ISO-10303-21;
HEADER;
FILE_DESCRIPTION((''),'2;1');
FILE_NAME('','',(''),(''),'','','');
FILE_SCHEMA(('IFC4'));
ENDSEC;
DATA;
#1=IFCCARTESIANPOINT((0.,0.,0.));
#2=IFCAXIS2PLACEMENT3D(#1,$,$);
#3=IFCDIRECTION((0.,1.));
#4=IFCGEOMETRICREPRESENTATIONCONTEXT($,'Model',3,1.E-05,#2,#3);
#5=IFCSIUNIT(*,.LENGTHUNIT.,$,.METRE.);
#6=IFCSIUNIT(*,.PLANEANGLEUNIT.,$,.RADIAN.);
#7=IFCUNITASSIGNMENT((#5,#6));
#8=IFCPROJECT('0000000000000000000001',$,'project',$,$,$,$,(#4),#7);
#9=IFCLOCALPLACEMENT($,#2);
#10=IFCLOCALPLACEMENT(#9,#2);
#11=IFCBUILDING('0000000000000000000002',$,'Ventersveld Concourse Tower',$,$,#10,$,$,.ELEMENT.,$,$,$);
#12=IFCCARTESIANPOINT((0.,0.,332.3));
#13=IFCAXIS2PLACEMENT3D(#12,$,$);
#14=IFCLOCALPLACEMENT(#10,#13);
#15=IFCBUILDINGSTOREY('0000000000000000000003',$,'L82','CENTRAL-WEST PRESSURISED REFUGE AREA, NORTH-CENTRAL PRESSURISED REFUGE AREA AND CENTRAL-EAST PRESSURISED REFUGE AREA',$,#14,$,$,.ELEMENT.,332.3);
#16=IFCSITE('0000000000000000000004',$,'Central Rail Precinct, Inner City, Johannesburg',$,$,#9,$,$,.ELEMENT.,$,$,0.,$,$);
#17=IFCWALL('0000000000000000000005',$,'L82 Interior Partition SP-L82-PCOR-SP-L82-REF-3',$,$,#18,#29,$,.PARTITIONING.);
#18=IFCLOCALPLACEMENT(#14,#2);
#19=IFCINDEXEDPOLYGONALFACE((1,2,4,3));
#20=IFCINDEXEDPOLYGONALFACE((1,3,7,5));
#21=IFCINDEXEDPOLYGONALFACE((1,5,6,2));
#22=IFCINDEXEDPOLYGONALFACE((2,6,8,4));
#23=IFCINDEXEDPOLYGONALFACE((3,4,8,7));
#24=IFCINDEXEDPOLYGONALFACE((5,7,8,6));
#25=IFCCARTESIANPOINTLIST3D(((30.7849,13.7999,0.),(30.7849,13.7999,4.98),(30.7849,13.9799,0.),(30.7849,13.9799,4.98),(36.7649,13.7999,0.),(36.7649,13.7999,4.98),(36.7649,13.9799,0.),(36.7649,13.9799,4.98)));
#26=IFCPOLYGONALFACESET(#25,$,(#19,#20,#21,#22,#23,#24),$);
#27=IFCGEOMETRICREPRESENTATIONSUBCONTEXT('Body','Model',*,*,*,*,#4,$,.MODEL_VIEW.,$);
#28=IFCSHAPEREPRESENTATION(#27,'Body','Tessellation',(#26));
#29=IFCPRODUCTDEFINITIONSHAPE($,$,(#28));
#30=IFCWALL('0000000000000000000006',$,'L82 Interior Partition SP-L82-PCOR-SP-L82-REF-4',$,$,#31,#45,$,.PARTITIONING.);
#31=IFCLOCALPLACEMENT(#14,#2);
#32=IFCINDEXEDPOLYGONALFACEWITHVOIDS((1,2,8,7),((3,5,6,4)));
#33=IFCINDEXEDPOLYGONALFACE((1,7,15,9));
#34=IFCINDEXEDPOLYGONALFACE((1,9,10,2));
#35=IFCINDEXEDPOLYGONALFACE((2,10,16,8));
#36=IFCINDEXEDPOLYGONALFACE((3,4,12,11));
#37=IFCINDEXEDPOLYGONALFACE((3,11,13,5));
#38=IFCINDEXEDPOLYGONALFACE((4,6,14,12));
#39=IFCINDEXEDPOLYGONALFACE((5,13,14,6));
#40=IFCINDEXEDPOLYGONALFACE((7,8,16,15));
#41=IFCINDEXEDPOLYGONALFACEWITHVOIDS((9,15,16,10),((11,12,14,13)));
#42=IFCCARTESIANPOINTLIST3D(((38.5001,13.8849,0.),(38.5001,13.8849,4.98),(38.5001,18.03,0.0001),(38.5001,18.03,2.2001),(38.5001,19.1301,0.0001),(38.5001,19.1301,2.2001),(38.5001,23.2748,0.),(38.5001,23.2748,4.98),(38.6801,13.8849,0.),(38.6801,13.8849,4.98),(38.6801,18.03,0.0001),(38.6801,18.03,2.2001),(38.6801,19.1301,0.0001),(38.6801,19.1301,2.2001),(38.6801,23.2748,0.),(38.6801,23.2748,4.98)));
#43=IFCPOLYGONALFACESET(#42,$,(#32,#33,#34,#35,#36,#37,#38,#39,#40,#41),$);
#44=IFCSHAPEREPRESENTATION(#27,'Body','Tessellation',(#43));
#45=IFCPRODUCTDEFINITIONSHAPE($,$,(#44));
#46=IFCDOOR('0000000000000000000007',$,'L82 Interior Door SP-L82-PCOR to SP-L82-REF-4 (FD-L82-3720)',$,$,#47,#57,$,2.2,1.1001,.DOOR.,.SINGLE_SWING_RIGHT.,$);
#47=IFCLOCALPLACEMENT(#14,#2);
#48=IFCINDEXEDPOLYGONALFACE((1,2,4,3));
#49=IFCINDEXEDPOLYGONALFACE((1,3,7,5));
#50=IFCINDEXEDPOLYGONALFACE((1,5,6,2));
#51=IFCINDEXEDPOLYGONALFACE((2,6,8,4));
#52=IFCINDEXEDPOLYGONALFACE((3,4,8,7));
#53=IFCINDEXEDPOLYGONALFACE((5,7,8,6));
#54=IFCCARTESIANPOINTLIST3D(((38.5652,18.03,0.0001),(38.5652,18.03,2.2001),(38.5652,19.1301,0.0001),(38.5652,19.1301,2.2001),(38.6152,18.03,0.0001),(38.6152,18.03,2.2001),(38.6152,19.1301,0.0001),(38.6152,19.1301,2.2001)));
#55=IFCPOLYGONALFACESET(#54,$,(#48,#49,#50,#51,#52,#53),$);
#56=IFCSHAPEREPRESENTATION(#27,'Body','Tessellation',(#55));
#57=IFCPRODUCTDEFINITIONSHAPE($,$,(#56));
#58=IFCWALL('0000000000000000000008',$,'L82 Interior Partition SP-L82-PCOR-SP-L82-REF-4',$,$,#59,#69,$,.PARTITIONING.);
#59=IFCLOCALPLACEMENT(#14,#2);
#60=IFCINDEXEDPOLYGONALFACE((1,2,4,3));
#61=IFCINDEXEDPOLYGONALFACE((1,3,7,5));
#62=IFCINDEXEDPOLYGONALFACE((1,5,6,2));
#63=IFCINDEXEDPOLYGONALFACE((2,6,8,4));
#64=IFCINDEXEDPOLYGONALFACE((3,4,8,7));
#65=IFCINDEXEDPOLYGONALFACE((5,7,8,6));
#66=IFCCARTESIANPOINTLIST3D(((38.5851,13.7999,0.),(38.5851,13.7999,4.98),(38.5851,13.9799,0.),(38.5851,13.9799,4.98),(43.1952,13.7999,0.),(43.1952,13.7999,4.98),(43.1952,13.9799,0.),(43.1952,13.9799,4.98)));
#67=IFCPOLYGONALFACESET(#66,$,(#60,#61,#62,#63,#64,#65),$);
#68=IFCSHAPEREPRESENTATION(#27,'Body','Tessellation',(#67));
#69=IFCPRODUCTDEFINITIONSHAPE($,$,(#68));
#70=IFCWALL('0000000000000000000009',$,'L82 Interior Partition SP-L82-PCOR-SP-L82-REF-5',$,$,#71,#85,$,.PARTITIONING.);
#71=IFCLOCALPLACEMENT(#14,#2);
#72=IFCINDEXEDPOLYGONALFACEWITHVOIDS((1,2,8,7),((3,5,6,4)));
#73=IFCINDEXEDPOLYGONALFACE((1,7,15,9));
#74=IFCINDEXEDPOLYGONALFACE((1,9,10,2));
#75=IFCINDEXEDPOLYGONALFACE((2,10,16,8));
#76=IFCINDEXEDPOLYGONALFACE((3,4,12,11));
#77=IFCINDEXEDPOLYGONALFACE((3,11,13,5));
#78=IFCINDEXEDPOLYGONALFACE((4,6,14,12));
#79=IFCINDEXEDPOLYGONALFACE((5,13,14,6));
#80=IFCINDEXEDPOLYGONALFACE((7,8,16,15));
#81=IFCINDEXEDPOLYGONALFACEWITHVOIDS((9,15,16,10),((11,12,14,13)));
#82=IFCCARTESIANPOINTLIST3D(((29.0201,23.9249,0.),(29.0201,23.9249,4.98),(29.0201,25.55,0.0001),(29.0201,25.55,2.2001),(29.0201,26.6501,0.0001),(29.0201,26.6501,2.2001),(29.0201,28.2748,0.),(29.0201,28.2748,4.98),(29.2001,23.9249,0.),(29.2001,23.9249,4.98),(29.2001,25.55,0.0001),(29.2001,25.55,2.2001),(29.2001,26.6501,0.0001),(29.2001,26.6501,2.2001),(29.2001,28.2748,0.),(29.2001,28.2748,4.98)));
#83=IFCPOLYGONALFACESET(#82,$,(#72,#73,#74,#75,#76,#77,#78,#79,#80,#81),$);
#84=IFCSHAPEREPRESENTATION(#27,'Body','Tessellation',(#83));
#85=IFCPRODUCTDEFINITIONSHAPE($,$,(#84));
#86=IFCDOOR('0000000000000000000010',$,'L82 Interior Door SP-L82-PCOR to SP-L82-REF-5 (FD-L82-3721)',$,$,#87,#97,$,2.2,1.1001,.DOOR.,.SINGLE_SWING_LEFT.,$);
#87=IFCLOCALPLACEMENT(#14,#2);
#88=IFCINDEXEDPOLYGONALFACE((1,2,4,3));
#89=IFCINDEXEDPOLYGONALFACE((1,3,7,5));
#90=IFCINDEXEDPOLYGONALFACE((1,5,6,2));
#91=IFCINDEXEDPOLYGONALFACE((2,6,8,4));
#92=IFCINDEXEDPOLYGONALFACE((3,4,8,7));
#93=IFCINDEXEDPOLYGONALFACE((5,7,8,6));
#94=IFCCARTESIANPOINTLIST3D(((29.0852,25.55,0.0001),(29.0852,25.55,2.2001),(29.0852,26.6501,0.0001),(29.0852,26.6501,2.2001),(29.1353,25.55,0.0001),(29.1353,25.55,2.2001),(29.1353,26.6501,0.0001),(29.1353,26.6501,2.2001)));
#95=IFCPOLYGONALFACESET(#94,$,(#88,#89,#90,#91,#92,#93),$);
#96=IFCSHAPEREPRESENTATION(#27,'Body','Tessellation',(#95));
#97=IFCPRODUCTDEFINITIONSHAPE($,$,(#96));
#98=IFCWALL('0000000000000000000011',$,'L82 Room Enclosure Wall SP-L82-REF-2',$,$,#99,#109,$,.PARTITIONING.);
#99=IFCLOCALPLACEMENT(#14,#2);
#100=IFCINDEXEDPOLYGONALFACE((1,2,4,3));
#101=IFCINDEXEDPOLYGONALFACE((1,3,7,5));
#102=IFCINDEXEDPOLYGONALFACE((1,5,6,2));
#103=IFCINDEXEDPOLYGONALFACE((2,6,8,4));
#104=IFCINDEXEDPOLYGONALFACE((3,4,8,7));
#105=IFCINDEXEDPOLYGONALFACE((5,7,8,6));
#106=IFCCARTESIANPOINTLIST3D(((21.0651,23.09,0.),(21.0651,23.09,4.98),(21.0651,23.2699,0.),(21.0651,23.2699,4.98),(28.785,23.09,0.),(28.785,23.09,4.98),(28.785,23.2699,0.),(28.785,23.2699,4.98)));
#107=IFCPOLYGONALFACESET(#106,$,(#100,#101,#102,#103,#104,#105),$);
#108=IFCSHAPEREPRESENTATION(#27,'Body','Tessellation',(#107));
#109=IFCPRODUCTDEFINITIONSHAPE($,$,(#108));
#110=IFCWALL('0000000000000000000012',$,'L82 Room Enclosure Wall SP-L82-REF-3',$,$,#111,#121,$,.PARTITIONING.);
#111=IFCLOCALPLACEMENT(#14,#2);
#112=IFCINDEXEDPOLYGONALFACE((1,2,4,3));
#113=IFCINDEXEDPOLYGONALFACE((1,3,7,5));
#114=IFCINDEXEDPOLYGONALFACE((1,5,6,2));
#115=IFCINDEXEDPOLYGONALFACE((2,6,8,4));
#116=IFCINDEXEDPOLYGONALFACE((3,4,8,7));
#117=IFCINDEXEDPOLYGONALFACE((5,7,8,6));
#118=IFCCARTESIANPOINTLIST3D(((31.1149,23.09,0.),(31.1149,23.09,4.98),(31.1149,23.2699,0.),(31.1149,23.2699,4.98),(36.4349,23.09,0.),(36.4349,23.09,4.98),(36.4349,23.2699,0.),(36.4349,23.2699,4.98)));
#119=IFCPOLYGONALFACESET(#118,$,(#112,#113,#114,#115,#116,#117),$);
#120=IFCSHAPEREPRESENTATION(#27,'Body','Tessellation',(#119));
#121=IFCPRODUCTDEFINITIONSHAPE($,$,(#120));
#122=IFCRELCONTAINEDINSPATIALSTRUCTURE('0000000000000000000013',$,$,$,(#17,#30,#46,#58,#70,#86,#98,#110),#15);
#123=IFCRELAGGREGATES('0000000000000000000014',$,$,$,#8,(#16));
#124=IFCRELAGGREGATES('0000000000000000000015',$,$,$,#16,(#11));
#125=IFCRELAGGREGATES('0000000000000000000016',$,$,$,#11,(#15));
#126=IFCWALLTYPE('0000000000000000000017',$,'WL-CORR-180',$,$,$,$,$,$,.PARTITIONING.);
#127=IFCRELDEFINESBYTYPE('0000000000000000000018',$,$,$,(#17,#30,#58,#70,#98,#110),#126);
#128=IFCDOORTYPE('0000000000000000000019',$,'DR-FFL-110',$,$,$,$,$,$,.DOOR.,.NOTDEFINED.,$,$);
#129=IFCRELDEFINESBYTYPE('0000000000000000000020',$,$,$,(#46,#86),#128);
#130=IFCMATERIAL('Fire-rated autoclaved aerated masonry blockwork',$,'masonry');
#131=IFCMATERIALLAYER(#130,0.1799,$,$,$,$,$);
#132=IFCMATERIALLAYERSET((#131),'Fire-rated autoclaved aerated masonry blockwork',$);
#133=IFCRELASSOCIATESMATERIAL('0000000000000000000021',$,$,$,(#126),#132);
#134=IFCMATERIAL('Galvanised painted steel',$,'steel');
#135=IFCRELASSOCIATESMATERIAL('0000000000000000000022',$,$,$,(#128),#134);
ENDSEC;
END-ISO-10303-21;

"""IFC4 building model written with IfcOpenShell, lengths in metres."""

from ifc_helpers import new_model, si_unit, direction, frame, frame_2d, origin, place, context, subcontext, project, spatial, rectangle, extrude, material, layer, layer_set, type_object, element, fill, save


model = new_model("IFC4")

# Units and contexts
model_context = context("Model", 3, precision=1e-05, world=origin(), true_north=direction((0.0, 1.0)))
body_context = subcontext(model_context, "Body", "Model", "MODEL_VIEW")
ifc_project = project(units=[si_unit("LENGTHUNIT", "METRE"), si_unit("PLANEANGLEUNIT", "RADIAN")], contexts=[model_context])

# Site, building, storey
site_placement = place(None, origin())
site = spatial("IfcSite", under=ifc_project, at=site_placement, Name="Central Rail Precinct, Inner City, Johannesburg", CompositionType="ELEMENT", RefElevation=0.0)
building_placement = place(site_placement, origin())
building = spatial("IfcBuilding", under=site, at=building_placement, Name="Ventersveld Concourse Tower", CompositionType="ELEMENT")
storey_placement = place(building_placement, frame((0.0, 0.0, 332.3)))
storey = spatial("IfcBuildingStorey", under=building, at=storey_placement, Name="L82", Description="CENTRAL-WEST PRESSURISED REFUGE AREA, NORTH-CENTRAL PRESSURISED REFUGE AREA AND CENTRAL-EAST PRESSURISED REFUGE AREA", CompositionType="ELEMENT", Elevation=332.3)

# Shared definitions
ifc_material_1 = material(Name="Fire-rated autoclaved aerated masonry blockwork", Category="masonry")
ifc_layer_1 = layer(ifc_material_1, 0.1799)
ifc_layer_set_1 = layer_set([ifc_layer_1], Name="Fire-rated autoclaved aerated masonry blockwork")
wall_type = type_object("IfcWallType", Name="WL-CORR-180", PredefinedType="PARTITIONING", material=ifc_layer_set_1)
ifc_material_2 = material(Name="Galvanised painted steel", Category="steel")
door_type = type_object("IfcDoorType", Name="DR-FFL-110", OperationType="NOTDEFINED", PredefinedType="DOOR", material=ifc_material_2)

# Wall
wall_1_placement = place(storey_placement, frame((30.7849, 13.8899, 0.0), z_axis=(0.0, 0.0, 1.0), x_axis=(1.0, 0.0, 0.0)))
element("IfcWall", 1, at=wall_1_placement, inside=storey, type_object=wall_type, Name="L82 Interior Partition SP-L82-PCOR-SP-L82-REF-3", PredefinedType="PARTITIONING", context=body_context, shape_type="SweptSolid", body=[
    extrude(rectangle(XDim=5.98, YDim=0.1799, at=frame_2d((2.99, 0.0))), origin(), (0.0, 0.0, 1.0), 4.98),
])

# Wall, opening, door
wall_2_placement = place(storey_placement, frame((38.5901, 13.885, 0.0), z_axis=(0.0, 0.0, 1.0), x_axis=(0.0, 1.0, 0.0)))
wall_2 = element("IfcWall", 2, at=wall_2_placement, inside=storey, type_object=wall_type, Name="L82 Interior Partition SP-L82-PCOR-SP-L82-REF-4", PredefinedType="PARTITIONING", context=body_context, shape_type="SweptSolid", body=[
    extrude(rectangle(XDim=9.3899, YDim=0.1799, at=frame_2d((4.6948, 0.0))), origin(), (0.0, 0.0, 1.0), 4.98),
])
opening_1_placement = place(wall_2_placement, frame((4.145, 0.0, 0.0)))
opening_1 = element("IfcOpeningElement", 3, at=opening_1_placement, cuts=wall_2, PredefinedType="OPENING", context=body_context, shape_type="SweptSolid", body=[
    extrude(rectangle(XDim=1.1001, YDim=2.2, at=frame_2d((0.55, 1.1001))), frame((0.0, 0.1001, 0.0), z_axis=(0.0, -1.0, 0.0), x_axis=(1.0, 0.0, 0.0)), (0.0, 0.0, 1.0), 0.2),
])
door_1_placement = place(opening_1_placement, origin())
door_1 = element("IfcDoor", 4, at=door_1_placement, inside=storey, type_object=door_type, Name="L82 Interior Door SP-L82-PCOR to SP-L82-REF-4 (FD-L82-3720)", OperationType="SINGLE_SWING_RIGHT", OverallHeight=2.2, OverallWidth=1.1001, PredefinedType="DOOR", context=body_context, shape_type="SweptSolid", body=[
    extrude(rectangle(XDim=1.1001, YDim=2.2, at=frame_2d((0.55, 1.1001))), frame((0.0, 0.0249, 0.0), z_axis=(0.0, -1.0, 0.0), x_axis=(1.0, 0.0, 0.0)), (0.0, 0.0, 1.0), 0.05),
])
fill(opening_1, door_1)

# Wall
wall_3_placement = place(storey_placement, frame((38.585, 13.8899, 0.0), z_axis=(0.0, 0.0, 1.0), x_axis=(1.0, 0.0, 0.0)))
element("IfcWall", 5, at=wall_3_placement, inside=storey, type_object=wall_type, Name="L82 Interior Partition SP-L82-PCOR-SP-L82-REF-4", PredefinedType="PARTITIONING", context=body_context, shape_type="SweptSolid", body=[
    extrude(rectangle(XDim=4.6101, YDim=0.1799, at=frame_2d((2.3052, 0.0))), origin(), (0.0, 0.0, 1.0), 4.98),
])

# Wall, opening, door
wall_4_placement = place(storey_placement, frame((29.1101, 23.925, 0.0), z_axis=(0.0, 0.0, 1.0), x_axis=(0.0, 1.0, 0.0)))
wall_4 = element("IfcWall", 6, at=wall_4_placement, inside=storey, type_object=wall_type, Name="L82 Interior Partition SP-L82-PCOR-SP-L82-REF-5", PredefinedType="PARTITIONING", context=body_context, shape_type="SweptSolid", body=[
    extrude(rectangle(XDim=4.3499, YDim=0.1799, at=frame_2d((2.1748, 0.0))), origin(), (0.0, 0.0, 1.0), 4.98),
])
opening_2_placement = place(wall_4_placement, frame((1.625, 0.0, 0.0)))
opening_2 = element("IfcOpeningElement", 7, at=opening_2_placement, cuts=wall_4, PredefinedType="OPENING", context=body_context, shape_type="SweptSolid", body=[
    extrude(rectangle(XDim=1.1001, YDim=2.2, at=frame_2d((0.55, 1.1001))), frame((0.0, 0.1001, 0.0), z_axis=(0.0, -1.0, 0.0), x_axis=(1.0, 0.0, 0.0)), (0.0, 0.0, 1.0), 0.2),
])
door_2_placement = place(opening_2_placement, origin())
door_2 = element("IfcDoor", 8, at=door_2_placement, inside=storey, type_object=door_type, Name="L82 Interior Door SP-L82-PCOR to SP-L82-REF-5 (FD-L82-3721)", OperationType="SINGLE_SWING_LEFT", OverallHeight=2.2, OverallWidth=1.1001, PredefinedType="DOOR", context=body_context, shape_type="SweptSolid", body=[
    extrude(rectangle(XDim=1.1001, YDim=2.2, at=frame_2d((0.55, 1.1001))), frame((0.0, 0.0249, 0.0), z_axis=(0.0, -1.0, 0.0), x_axis=(1.0, 0.0, 0.0)), (0.0, 0.0, 1.0), 0.05),
])
fill(opening_2, door_2)

# Walls
wall_5_placement = place(storey_placement, frame((28.7849, 23.1799, 0.0), z_axis=(0.0, 0.0, 1.0), x_axis=(-1.0, 0.0, 0.0)))
element("IfcWall", 9, at=wall_5_placement, inside=storey, type_object=wall_type, Name="L82 Room Enclosure Wall SP-L82-REF-2", PredefinedType="PARTITIONING", context=body_context, shape_type="SweptSolid", body=[
    extrude(rectangle(XDim=7.72, YDim=0.1799, at=frame_2d((3.8599, 0.0))), origin(), (0.0, 0.0, 1.0), 4.98),
])
wall_6_placement = place(storey_placement, frame((36.4351, 23.1799, 0.0), z_axis=(0.0, 0.0, 1.0), x_axis=(-1.0, 0.0, 0.0)))
element("IfcWall", 10, at=wall_6_placement, inside=storey, type_object=wall_type, Name="L82 Room Enclosure Wall SP-L82-REF-3", PredefinedType="PARTITIONING", context=body_context, shape_type="SweptSolid", body=[
    extrude(rectangle(XDim=5.3201, YDim=0.1799, at=frame_2d((2.6602, 0.0))), origin(), (0.0, 0.0, 1.0), 4.98),
])

save(model, "model.ifc")
